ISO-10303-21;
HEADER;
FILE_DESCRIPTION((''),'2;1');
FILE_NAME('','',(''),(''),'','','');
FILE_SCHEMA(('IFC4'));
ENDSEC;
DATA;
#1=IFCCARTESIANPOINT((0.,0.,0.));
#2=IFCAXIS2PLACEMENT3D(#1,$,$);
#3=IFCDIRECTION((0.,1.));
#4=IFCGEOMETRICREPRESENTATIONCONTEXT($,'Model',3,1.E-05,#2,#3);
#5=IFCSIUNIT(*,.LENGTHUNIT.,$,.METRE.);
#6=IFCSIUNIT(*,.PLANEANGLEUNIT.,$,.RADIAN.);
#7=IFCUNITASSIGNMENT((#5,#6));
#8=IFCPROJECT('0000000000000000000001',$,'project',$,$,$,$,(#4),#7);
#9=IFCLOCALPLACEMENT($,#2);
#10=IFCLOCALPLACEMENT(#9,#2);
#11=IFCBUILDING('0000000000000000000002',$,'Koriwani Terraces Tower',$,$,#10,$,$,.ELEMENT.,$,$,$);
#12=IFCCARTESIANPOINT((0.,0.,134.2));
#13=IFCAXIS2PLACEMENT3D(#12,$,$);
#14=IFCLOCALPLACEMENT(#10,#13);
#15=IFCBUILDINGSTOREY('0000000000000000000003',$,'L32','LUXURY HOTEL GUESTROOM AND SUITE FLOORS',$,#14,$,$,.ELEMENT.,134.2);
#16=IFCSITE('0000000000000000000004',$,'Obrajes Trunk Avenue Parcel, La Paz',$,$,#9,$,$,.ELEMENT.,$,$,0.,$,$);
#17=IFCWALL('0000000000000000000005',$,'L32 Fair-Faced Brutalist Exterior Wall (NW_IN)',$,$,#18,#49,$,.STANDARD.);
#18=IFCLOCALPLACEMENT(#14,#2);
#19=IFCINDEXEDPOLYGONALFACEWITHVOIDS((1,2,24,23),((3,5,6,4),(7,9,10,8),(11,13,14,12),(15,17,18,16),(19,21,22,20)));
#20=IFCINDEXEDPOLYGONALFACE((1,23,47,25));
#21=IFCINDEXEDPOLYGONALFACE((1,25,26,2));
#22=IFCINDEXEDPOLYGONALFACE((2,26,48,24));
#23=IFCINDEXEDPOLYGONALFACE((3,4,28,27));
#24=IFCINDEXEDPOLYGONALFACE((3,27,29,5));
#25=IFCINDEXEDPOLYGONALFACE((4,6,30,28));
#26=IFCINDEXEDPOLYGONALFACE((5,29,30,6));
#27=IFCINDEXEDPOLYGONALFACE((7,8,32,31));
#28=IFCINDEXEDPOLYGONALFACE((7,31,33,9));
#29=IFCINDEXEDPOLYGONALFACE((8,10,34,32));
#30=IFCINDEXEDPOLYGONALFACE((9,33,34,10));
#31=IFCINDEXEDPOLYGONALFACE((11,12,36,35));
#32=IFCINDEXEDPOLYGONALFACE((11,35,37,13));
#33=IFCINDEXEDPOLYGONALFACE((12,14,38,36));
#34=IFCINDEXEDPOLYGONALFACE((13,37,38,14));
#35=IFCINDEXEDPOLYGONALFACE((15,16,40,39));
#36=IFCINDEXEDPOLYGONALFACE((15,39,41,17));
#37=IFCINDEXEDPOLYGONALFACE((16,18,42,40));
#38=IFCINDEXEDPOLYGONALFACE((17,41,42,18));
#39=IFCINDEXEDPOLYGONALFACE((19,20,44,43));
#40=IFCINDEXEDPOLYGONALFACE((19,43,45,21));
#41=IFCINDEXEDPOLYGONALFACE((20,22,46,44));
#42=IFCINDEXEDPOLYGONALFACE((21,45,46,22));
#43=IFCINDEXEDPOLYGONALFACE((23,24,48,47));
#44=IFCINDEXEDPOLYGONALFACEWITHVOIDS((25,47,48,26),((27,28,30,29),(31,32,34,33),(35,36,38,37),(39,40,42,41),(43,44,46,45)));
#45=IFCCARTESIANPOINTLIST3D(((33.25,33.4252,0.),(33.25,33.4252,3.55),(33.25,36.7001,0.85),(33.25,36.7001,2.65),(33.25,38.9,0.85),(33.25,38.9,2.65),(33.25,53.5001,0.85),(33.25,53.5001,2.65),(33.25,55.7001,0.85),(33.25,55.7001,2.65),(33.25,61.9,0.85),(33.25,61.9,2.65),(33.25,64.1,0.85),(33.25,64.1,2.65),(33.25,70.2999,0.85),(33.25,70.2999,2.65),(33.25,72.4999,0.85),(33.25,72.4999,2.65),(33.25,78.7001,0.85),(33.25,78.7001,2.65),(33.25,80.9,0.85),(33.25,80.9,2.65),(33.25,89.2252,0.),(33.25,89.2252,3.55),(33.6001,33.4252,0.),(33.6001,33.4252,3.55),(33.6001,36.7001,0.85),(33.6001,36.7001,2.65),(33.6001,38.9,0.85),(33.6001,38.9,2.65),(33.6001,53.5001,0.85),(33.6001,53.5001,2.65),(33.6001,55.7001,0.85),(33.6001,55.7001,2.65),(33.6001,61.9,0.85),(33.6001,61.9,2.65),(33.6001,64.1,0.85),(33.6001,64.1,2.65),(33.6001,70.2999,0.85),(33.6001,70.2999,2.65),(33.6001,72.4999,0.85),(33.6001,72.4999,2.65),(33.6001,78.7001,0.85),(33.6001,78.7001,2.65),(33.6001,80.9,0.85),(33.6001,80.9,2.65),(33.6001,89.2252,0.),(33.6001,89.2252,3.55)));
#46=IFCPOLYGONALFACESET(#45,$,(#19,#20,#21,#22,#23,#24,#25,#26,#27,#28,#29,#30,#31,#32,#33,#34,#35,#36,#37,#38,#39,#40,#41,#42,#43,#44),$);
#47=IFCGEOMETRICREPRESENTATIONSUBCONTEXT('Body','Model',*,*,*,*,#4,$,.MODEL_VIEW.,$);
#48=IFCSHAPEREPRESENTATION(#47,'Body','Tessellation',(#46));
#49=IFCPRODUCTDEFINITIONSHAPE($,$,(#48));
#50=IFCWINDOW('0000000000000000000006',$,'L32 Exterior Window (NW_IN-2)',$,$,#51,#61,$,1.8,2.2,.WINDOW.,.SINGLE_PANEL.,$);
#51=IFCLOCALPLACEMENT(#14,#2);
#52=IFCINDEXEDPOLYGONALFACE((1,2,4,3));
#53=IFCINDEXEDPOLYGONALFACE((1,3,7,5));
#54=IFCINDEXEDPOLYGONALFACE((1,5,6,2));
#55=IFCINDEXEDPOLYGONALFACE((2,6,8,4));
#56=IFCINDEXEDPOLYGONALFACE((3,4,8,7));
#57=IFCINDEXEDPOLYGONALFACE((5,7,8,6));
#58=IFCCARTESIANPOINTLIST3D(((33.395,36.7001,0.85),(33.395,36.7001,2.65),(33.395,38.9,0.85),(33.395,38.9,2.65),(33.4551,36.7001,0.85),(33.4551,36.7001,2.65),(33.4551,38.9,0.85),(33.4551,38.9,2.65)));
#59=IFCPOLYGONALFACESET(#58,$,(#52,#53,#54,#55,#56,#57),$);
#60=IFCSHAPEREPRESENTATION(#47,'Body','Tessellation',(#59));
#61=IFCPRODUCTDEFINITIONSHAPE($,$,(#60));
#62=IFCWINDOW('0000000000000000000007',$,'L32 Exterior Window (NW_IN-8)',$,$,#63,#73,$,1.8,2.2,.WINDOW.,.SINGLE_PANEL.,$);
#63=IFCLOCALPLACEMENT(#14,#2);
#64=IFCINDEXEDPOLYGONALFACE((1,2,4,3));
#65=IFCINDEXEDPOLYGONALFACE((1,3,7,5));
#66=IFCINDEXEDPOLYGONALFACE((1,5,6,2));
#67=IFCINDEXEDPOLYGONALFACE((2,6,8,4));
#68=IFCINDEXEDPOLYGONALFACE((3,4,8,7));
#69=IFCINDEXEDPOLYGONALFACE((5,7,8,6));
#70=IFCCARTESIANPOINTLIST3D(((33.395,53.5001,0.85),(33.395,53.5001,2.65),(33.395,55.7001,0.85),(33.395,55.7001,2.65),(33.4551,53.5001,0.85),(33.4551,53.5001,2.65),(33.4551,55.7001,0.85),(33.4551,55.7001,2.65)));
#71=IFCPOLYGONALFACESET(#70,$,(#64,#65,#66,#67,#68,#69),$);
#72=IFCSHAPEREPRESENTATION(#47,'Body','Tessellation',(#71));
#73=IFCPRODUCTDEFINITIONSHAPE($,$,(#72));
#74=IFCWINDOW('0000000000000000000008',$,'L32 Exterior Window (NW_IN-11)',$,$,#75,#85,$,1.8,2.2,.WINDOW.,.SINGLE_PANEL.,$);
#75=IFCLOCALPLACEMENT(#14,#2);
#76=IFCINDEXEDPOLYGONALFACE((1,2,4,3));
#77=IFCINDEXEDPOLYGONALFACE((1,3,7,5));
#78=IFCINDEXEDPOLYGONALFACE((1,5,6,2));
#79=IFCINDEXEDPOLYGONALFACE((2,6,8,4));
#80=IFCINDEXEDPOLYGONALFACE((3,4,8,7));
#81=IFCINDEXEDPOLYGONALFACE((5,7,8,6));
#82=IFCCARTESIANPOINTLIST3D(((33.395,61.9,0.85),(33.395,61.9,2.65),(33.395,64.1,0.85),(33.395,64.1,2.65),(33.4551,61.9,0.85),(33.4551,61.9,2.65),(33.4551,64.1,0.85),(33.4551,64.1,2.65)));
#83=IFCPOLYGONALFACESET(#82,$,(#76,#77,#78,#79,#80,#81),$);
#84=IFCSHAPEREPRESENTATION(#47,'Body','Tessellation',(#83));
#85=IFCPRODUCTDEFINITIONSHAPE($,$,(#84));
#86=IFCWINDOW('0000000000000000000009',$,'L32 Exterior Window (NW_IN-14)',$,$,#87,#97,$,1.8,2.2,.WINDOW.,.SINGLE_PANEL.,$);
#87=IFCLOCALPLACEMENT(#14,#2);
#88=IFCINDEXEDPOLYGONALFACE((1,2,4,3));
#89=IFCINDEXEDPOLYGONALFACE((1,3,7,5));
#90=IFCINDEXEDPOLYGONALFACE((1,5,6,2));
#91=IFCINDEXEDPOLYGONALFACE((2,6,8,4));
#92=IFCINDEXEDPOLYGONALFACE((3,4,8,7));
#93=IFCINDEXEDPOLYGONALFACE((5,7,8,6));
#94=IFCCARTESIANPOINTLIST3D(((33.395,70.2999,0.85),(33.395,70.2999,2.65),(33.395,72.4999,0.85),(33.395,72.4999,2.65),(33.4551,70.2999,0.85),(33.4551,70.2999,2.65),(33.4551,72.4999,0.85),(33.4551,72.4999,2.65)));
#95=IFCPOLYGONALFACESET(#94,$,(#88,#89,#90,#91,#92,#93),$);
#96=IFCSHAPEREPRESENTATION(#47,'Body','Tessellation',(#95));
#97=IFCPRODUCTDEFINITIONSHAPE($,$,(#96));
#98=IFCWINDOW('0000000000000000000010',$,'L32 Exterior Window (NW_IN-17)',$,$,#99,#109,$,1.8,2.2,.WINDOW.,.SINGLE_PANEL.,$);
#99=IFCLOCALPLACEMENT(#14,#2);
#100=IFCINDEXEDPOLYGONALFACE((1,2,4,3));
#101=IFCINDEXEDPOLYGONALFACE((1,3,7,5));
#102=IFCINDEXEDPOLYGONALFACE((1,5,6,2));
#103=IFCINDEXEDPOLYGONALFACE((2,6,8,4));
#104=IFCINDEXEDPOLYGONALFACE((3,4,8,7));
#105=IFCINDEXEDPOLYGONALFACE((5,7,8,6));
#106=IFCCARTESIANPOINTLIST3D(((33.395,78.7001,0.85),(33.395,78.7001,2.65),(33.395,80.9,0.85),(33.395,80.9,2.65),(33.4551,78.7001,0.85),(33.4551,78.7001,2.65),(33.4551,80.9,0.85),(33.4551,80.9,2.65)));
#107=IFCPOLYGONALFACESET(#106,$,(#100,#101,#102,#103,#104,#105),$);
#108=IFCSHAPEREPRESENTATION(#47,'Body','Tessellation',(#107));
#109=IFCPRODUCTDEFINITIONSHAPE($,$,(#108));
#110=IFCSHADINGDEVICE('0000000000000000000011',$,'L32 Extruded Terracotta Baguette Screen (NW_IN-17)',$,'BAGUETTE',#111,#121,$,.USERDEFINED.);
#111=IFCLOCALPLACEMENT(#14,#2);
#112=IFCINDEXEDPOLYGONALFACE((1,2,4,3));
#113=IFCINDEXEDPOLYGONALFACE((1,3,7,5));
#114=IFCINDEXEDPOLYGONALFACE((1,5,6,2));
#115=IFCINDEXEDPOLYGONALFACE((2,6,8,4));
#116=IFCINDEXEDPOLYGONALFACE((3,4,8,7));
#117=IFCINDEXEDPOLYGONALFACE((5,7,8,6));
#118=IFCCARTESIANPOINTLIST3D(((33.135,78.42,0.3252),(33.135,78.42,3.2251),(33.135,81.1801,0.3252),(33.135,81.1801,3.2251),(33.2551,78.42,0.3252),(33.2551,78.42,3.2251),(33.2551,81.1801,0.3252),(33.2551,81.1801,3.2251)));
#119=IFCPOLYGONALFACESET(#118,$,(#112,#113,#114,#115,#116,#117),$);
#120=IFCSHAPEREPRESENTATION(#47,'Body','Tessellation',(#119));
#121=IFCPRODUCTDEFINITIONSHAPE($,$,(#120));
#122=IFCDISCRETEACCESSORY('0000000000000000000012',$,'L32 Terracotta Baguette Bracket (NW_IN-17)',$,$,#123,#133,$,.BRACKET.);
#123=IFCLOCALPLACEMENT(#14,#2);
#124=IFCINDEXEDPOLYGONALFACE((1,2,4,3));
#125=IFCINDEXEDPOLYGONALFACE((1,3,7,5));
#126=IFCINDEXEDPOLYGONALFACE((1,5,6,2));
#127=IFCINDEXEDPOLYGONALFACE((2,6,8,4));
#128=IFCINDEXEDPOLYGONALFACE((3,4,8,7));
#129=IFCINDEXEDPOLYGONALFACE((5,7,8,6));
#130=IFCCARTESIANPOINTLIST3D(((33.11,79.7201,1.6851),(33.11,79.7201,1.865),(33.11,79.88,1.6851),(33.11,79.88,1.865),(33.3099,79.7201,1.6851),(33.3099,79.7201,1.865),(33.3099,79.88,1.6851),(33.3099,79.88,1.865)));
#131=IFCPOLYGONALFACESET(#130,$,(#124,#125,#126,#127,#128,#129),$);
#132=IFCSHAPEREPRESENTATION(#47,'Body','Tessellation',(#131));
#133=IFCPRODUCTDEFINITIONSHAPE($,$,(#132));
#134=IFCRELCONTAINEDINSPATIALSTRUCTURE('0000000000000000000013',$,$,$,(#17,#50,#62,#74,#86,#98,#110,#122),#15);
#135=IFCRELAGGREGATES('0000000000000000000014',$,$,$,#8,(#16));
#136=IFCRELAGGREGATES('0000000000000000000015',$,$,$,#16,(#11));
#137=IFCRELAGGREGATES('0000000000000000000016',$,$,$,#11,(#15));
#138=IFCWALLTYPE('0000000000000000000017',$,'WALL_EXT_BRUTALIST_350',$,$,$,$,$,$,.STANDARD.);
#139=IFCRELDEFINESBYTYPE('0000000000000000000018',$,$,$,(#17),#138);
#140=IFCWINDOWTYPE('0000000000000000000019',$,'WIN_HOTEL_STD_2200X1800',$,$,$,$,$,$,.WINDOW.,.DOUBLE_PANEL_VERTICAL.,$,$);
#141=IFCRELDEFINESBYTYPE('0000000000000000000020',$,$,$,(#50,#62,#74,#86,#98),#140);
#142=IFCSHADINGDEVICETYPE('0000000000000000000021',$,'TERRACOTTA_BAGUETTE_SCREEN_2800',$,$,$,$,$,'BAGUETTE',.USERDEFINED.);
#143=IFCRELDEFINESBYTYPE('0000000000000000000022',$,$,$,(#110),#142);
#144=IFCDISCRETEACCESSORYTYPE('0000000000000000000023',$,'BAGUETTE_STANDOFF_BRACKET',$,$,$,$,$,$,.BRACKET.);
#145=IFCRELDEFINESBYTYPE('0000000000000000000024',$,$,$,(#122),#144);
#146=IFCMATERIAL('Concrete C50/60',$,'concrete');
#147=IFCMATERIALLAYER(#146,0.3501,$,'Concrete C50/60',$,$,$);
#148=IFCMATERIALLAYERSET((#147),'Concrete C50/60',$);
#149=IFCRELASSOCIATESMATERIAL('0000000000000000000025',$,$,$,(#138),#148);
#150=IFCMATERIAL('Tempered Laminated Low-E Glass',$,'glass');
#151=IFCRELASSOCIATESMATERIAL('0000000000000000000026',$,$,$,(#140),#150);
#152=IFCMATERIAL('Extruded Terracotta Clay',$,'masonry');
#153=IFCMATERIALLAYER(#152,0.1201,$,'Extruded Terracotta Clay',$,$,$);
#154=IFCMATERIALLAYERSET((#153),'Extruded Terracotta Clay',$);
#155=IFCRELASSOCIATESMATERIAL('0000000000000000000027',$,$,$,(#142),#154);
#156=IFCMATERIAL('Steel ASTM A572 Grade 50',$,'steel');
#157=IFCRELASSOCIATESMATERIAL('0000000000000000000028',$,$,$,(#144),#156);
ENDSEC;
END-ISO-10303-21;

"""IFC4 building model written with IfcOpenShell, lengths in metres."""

from ifc_helpers import new_model, si_unit, direction, frame, frame_2d, origin, origin_2d, place, context, subcontext, project, spatial, rectangle, extrude, material, layer, layer_set, type_object, element, fill, save


model = new_model("IFC4")

# Units and contexts
model_context = context("Model", 3, precision=1e-05, world=origin(), true_north=direction((0.0, 1.0)))
body_context = subcontext(model_context, "Body", "Model", "MODEL_VIEW")
ifc_project = project(units=[si_unit("LENGTHUNIT", "METRE"), si_unit("PLANEANGLEUNIT", "RADIAN")], contexts=[model_context])

# Site, building, storey
site_placement = place(None, origin())
site = spatial("IfcSite", under=ifc_project, at=site_placement, Name="Obrajes Trunk Avenue Parcel, La Paz", CompositionType="ELEMENT", RefElevation=0.0)
building_placement = place(site_placement, origin())
building = spatial("IfcBuilding", under=site, at=building_placement, Name="Koriwani Terraces Tower", CompositionType="ELEMENT")
storey_placement = place(building_placement, frame((0.0, 0.0, 134.2)))
storey = spatial("IfcBuildingStorey", under=building, at=storey_placement, Name="L32", Description="LUXURY HOTEL GUESTROOM AND SUITE FLOORS", CompositionType="ELEMENT", Elevation=134.2)

# Shared definitions
ifc_material_1 = material(Name="Concrete C50/60", Category="concrete")
ifc_material_2 = material(Name="Steel ASTM A572 Grade 50", Category="steel")

# Shared definitions
ifc_layer_1 = layer(ifc_material_1, 0.3501, Name="Concrete C50/60")
ifc_layer_set_1 = layer_set([ifc_layer_1], Name="Concrete C50/60")
wall_type_1 = type_object("IfcWallType", Name="WALL_EXT_BRUTALIST_350", PredefinedType="STANDARD", material=ifc_layer_set_1)

# Shared definitions
ifc_material_3 = material(Name="Tempered Laminated Low-E Glass", Category="glass")

# Wall, openings, windows
wall_1_placement = place(storey_placement, frame((33.425, 89.2251, 0.0), z_axis=(0.0, 0.0, 1.0), x_axis=(0.0, -1.0, 0.0)))
wall_1 = element("IfcWall", 1, at=wall_1_placement, inside=storey, type_object=wall_type_1, Name="L32 Fair-Faced Brutalist Exterior Wall (NW_IN)", PredefinedType="STANDARD", context=body_context, shape_type="SweptSolid", body=[
    extrude(rectangle(XDim=55.8, YDim=0.3501, at=frame_2d((27.8999, 0.0))), origin(), (0.0, 0.0, 1.0), 3.55),
])
opening_1_placement = place(wall_1_placement, frame((50.325, 0.0, 0.8501)))
opening_1 = element("IfcOpeningElement", 2, at=opening_1_placement, cuts=wall_1, PredefinedType="OPENING", context=body_context, shape_type="SweptSolid", body=[
    extrude(rectangle(XDim=2.2, YDim=1.8, at=frame_2d((1.1001, 0.8999))), frame((0.0, 0.1851, 0.0), z_axis=(0.0, -1.0, 0.0), x_axis=(1.0, 0.0, 0.0)), (0.0, 0.0, 1.0), 0.3701),
])
opening_2_placement = place(wall_1_placement, frame((33.5249, 0.0, 0.8501)))
opening_2 = element("IfcOpeningElement", 3, at=opening_2_placement, cuts=wall_1, PredefinedType="OPENING", context=body_context, shape_type="SweptSolid", body=[
    extrude(rectangle(XDim=2.2, YDim=1.8, at=frame_2d((1.1001, 0.8999))), frame((0.0, 0.1851, 0.0), z_axis=(0.0, -1.0, 0.0), x_axis=(1.0, 0.0, 0.0)), (0.0, 0.0, 1.0), 0.3701),
])
opening_3_placement = place(wall_1_placement, frame((25.125, 0.0, 0.8501)))
opening_3 = element("IfcOpeningElement", 4, at=opening_3_placement, cuts=wall_1, PredefinedType="OPENING", context=body_context, shape_type="SweptSolid", body=[
    extrude(rectangle(XDim=2.2, YDim=1.8, at=frame_2d((1.1001, 0.8999))), frame((0.0, 0.1851, 0.0), z_axis=(0.0, -1.0, 0.0), x_axis=(1.0, 0.0, 0.0)), (0.0, 0.0, 1.0), 0.3701),
])
opening_4_placement = place(wall_1_placement, frame((16.7251, 0.0, 0.8501)))
opening_4 = element("IfcOpeningElement", 5, at=opening_4_placement, cuts=wall_1, PredefinedType="OPENING", context=body_context, shape_type="SweptSolid", body=[
    extrude(rectangle(XDim=2.2, YDim=1.8, at=frame_2d((1.1001, 0.8999))), frame((0.0, 0.1851, 0.0), z_axis=(0.0, -1.0, 0.0), x_axis=(1.0, 0.0, 0.0)), (0.0, 0.0, 1.0), 0.3701),
])
opening_5_placement = place(wall_1_placement, frame((8.325, 0.0, 0.8501)))
opening_5 = element("IfcOpeningElement", 6, at=opening_5_placement, cuts=wall_1, PredefinedType="OPENING", context=body_context, shape_type="SweptSolid", body=[
    extrude(rectangle(XDim=2.2, YDim=1.8, at=frame_2d((1.1001, 0.8999))), frame((0.0, 0.1851, 0.0), z_axis=(0.0, -1.0, 0.0), x_axis=(1.0, 0.0, 0.0)), (0.0, 0.0, 1.0), 0.3701),
])
window_type_1 = type_object("IfcWindowType", Name="WIN_HOTEL_STD_2200X1800", PartitioningType="DOUBLE_PANEL_VERTICAL", PredefinedType="WINDOW", material=ifc_material_3)
window_1_placement = place(opening_1_placement, origin())
window_1 = element("IfcWindow", 7, at=window_1_placement, inside=storey, type_object=window_type_1, Name="L32 Exterior Window (NW_IN-2)", OverallHeight=1.8, OverallWidth=2.2, PartitioningType="SINGLE_PANEL", PredefinedType="WINDOW", context=body_context, shape_type="SweptSolid", body=[
    extrude(rectangle(XDim=2.2, YDim=1.8, at=frame_2d((1.1001, 0.8999))), frame((0.0, 0.03, 0.0), z_axis=(0.0, -1.0, 0.0), x_axis=(1.0, 0.0, 0.0)), (0.0, 0.0, 1.0), 0.0601),
])
fill(opening_1, window_1)
window_2_placement = place(opening_2_placement, origin())
window_2 = element("IfcWindow", 8, at=window_2_placement, inside=storey, type_object=window_type_1, Name="L32 Exterior Window (NW_IN-8)", OverallHeight=1.8, OverallWidth=2.2, PartitioningType="SINGLE_PANEL", PredefinedType="WINDOW", context=body_context, shape_type="SweptSolid", body=[
    extrude(rectangle(XDim=2.2, YDim=1.8, at=frame_2d((1.1001, 0.8999))), frame((0.0, 0.03, 0.0), z_axis=(0.0, -1.0, 0.0), x_axis=(1.0, 0.0, 0.0)), (0.0, 0.0, 1.0), 0.0601),
])
fill(opening_2, window_2)
window_3_placement = place(opening_3_placement, origin())
window_3 = element("IfcWindow", 9, at=window_3_placement, inside=storey, type_object=window_type_1, Name="L32 Exterior Window (NW_IN-11)", OverallHeight=1.8, OverallWidth=2.2, PartitioningType="SINGLE_PANEL", PredefinedType="WINDOW", context=body_context, shape_type="SweptSolid", body=[
    extrude(rectangle(XDim=2.2, YDim=1.8, at=frame_2d((1.1001, 0.8999))), frame((0.0, 0.03, 0.0), z_axis=(0.0, -1.0, 0.0), x_axis=(1.0, 0.0, 0.0)), (0.0, 0.0, 1.0), 0.0601),
])
fill(opening_3, window_3)
window_4_placement = place(opening_4_placement, origin())
window_4 = element("IfcWindow", 10, at=window_4_placement, inside=storey, type_object=window_type_1, Name="L32 Exterior Window (NW_IN-14)", OverallHeight=1.8, OverallWidth=2.2, PartitioningType="SINGLE_PANEL", PredefinedType="WINDOW", context=body_context, shape_type="SweptSolid", body=[
    extrude(rectangle(XDim=2.2, YDim=1.8, at=frame_2d((1.1001, 0.8999))), frame((0.0, 0.03, 0.0), z_axis=(0.0, -1.0, 0.0), x_axis=(1.0, 0.0, 0.0)), (0.0, 0.0, 1.0), 0.0601),
])
fill(opening_4, window_4)
window_5_placement = place(opening_5_placement, origin())
window_5 = element("IfcWindow", 11, at=window_5_placement, inside=storey, type_object=window_type_1, Name="L32 Exterior Window (NW_IN-17)", OverallHeight=1.8, OverallWidth=2.2, PartitioningType="SINGLE_PANEL", PredefinedType="WINDOW", context=body_context, shape_type="SweptSolid", body=[
    extrude(rectangle(XDim=2.2, YDim=1.8, at=frame_2d((1.1001, 0.8999))), frame((0.0, 0.03, 0.0), z_axis=(0.0, -1.0, 0.0), x_axis=(1.0, 0.0, 0.0)), (0.0, 0.0, 1.0), 0.0601),
])
fill(opening_5, window_5)

# Shading device
ifc_material_4 = material(Name="Extruded Terracotta Clay", Category="masonry")
ifc_layer_2 = layer(ifc_material_4, 0.1201, Name="Extruded Terracotta Clay")
ifc_layer_set_2 = layer_set([ifc_layer_2], Name="Extruded Terracotta Clay")
shading_device_type = type_object("IfcShadingDeviceType", Name="TERRACOTTA_BAGUETTE_SCREEN_2800", ElementType="BAGUETTE", PredefinedType="USERDEFINED", material=ifc_layer_set_2)
shading_device_placement = place(storey_placement, frame((33.1951, 79.8, 0.3252), z_axis=(0.0, 0.0, 1.0), x_axis=(0.0, -1.0, 0.0)))
element("IfcShadingDevice", 12, at=shading_device_placement, inside=storey, type_object=shading_device_type, Name="L32 Extruded Terracotta Baguette Screen (NW_IN-17)", ObjectType="BAGUETTE", PredefinedType="USERDEFINED", context=body_context, shape_type="SweptSolid", body=[
    extrude(rectangle(XDim=2.76, YDim=0.1201, at=origin_2d()), origin(), (0.0, 0.0, 1.0), 2.8999),
])

# Discrete accessory
discrete_accessory_type = type_object("IfcDiscreteAccessoryType", Name="BAGUETTE_STANDOFF_BRACKET", PredefinedType="BRACKET", material=ifc_material_2)
discrete_accessory_placement = place(storey_placement, frame((33.21, 79.8, 1.6851), z_axis=(0.0, 0.0, 1.0), x_axis=(0.0, -1.0, 0.0)))
element("IfcDiscreteAccessory", 13, at=discrete_accessory_placement, inside=storey, type_object=discrete_accessory_type, Name="L32 Terracotta Baguette Bracket (NW_IN-17)", PredefinedType="BRACKET", context=body_context, shape_type="SweptSolid", body=[
    extrude(rectangle(XDim=0.1599, YDim=0.2, at=origin_2d()), origin(), (0.0, 0.0, 1.0), 0.1799),
])

save(model, "model.ifc")
